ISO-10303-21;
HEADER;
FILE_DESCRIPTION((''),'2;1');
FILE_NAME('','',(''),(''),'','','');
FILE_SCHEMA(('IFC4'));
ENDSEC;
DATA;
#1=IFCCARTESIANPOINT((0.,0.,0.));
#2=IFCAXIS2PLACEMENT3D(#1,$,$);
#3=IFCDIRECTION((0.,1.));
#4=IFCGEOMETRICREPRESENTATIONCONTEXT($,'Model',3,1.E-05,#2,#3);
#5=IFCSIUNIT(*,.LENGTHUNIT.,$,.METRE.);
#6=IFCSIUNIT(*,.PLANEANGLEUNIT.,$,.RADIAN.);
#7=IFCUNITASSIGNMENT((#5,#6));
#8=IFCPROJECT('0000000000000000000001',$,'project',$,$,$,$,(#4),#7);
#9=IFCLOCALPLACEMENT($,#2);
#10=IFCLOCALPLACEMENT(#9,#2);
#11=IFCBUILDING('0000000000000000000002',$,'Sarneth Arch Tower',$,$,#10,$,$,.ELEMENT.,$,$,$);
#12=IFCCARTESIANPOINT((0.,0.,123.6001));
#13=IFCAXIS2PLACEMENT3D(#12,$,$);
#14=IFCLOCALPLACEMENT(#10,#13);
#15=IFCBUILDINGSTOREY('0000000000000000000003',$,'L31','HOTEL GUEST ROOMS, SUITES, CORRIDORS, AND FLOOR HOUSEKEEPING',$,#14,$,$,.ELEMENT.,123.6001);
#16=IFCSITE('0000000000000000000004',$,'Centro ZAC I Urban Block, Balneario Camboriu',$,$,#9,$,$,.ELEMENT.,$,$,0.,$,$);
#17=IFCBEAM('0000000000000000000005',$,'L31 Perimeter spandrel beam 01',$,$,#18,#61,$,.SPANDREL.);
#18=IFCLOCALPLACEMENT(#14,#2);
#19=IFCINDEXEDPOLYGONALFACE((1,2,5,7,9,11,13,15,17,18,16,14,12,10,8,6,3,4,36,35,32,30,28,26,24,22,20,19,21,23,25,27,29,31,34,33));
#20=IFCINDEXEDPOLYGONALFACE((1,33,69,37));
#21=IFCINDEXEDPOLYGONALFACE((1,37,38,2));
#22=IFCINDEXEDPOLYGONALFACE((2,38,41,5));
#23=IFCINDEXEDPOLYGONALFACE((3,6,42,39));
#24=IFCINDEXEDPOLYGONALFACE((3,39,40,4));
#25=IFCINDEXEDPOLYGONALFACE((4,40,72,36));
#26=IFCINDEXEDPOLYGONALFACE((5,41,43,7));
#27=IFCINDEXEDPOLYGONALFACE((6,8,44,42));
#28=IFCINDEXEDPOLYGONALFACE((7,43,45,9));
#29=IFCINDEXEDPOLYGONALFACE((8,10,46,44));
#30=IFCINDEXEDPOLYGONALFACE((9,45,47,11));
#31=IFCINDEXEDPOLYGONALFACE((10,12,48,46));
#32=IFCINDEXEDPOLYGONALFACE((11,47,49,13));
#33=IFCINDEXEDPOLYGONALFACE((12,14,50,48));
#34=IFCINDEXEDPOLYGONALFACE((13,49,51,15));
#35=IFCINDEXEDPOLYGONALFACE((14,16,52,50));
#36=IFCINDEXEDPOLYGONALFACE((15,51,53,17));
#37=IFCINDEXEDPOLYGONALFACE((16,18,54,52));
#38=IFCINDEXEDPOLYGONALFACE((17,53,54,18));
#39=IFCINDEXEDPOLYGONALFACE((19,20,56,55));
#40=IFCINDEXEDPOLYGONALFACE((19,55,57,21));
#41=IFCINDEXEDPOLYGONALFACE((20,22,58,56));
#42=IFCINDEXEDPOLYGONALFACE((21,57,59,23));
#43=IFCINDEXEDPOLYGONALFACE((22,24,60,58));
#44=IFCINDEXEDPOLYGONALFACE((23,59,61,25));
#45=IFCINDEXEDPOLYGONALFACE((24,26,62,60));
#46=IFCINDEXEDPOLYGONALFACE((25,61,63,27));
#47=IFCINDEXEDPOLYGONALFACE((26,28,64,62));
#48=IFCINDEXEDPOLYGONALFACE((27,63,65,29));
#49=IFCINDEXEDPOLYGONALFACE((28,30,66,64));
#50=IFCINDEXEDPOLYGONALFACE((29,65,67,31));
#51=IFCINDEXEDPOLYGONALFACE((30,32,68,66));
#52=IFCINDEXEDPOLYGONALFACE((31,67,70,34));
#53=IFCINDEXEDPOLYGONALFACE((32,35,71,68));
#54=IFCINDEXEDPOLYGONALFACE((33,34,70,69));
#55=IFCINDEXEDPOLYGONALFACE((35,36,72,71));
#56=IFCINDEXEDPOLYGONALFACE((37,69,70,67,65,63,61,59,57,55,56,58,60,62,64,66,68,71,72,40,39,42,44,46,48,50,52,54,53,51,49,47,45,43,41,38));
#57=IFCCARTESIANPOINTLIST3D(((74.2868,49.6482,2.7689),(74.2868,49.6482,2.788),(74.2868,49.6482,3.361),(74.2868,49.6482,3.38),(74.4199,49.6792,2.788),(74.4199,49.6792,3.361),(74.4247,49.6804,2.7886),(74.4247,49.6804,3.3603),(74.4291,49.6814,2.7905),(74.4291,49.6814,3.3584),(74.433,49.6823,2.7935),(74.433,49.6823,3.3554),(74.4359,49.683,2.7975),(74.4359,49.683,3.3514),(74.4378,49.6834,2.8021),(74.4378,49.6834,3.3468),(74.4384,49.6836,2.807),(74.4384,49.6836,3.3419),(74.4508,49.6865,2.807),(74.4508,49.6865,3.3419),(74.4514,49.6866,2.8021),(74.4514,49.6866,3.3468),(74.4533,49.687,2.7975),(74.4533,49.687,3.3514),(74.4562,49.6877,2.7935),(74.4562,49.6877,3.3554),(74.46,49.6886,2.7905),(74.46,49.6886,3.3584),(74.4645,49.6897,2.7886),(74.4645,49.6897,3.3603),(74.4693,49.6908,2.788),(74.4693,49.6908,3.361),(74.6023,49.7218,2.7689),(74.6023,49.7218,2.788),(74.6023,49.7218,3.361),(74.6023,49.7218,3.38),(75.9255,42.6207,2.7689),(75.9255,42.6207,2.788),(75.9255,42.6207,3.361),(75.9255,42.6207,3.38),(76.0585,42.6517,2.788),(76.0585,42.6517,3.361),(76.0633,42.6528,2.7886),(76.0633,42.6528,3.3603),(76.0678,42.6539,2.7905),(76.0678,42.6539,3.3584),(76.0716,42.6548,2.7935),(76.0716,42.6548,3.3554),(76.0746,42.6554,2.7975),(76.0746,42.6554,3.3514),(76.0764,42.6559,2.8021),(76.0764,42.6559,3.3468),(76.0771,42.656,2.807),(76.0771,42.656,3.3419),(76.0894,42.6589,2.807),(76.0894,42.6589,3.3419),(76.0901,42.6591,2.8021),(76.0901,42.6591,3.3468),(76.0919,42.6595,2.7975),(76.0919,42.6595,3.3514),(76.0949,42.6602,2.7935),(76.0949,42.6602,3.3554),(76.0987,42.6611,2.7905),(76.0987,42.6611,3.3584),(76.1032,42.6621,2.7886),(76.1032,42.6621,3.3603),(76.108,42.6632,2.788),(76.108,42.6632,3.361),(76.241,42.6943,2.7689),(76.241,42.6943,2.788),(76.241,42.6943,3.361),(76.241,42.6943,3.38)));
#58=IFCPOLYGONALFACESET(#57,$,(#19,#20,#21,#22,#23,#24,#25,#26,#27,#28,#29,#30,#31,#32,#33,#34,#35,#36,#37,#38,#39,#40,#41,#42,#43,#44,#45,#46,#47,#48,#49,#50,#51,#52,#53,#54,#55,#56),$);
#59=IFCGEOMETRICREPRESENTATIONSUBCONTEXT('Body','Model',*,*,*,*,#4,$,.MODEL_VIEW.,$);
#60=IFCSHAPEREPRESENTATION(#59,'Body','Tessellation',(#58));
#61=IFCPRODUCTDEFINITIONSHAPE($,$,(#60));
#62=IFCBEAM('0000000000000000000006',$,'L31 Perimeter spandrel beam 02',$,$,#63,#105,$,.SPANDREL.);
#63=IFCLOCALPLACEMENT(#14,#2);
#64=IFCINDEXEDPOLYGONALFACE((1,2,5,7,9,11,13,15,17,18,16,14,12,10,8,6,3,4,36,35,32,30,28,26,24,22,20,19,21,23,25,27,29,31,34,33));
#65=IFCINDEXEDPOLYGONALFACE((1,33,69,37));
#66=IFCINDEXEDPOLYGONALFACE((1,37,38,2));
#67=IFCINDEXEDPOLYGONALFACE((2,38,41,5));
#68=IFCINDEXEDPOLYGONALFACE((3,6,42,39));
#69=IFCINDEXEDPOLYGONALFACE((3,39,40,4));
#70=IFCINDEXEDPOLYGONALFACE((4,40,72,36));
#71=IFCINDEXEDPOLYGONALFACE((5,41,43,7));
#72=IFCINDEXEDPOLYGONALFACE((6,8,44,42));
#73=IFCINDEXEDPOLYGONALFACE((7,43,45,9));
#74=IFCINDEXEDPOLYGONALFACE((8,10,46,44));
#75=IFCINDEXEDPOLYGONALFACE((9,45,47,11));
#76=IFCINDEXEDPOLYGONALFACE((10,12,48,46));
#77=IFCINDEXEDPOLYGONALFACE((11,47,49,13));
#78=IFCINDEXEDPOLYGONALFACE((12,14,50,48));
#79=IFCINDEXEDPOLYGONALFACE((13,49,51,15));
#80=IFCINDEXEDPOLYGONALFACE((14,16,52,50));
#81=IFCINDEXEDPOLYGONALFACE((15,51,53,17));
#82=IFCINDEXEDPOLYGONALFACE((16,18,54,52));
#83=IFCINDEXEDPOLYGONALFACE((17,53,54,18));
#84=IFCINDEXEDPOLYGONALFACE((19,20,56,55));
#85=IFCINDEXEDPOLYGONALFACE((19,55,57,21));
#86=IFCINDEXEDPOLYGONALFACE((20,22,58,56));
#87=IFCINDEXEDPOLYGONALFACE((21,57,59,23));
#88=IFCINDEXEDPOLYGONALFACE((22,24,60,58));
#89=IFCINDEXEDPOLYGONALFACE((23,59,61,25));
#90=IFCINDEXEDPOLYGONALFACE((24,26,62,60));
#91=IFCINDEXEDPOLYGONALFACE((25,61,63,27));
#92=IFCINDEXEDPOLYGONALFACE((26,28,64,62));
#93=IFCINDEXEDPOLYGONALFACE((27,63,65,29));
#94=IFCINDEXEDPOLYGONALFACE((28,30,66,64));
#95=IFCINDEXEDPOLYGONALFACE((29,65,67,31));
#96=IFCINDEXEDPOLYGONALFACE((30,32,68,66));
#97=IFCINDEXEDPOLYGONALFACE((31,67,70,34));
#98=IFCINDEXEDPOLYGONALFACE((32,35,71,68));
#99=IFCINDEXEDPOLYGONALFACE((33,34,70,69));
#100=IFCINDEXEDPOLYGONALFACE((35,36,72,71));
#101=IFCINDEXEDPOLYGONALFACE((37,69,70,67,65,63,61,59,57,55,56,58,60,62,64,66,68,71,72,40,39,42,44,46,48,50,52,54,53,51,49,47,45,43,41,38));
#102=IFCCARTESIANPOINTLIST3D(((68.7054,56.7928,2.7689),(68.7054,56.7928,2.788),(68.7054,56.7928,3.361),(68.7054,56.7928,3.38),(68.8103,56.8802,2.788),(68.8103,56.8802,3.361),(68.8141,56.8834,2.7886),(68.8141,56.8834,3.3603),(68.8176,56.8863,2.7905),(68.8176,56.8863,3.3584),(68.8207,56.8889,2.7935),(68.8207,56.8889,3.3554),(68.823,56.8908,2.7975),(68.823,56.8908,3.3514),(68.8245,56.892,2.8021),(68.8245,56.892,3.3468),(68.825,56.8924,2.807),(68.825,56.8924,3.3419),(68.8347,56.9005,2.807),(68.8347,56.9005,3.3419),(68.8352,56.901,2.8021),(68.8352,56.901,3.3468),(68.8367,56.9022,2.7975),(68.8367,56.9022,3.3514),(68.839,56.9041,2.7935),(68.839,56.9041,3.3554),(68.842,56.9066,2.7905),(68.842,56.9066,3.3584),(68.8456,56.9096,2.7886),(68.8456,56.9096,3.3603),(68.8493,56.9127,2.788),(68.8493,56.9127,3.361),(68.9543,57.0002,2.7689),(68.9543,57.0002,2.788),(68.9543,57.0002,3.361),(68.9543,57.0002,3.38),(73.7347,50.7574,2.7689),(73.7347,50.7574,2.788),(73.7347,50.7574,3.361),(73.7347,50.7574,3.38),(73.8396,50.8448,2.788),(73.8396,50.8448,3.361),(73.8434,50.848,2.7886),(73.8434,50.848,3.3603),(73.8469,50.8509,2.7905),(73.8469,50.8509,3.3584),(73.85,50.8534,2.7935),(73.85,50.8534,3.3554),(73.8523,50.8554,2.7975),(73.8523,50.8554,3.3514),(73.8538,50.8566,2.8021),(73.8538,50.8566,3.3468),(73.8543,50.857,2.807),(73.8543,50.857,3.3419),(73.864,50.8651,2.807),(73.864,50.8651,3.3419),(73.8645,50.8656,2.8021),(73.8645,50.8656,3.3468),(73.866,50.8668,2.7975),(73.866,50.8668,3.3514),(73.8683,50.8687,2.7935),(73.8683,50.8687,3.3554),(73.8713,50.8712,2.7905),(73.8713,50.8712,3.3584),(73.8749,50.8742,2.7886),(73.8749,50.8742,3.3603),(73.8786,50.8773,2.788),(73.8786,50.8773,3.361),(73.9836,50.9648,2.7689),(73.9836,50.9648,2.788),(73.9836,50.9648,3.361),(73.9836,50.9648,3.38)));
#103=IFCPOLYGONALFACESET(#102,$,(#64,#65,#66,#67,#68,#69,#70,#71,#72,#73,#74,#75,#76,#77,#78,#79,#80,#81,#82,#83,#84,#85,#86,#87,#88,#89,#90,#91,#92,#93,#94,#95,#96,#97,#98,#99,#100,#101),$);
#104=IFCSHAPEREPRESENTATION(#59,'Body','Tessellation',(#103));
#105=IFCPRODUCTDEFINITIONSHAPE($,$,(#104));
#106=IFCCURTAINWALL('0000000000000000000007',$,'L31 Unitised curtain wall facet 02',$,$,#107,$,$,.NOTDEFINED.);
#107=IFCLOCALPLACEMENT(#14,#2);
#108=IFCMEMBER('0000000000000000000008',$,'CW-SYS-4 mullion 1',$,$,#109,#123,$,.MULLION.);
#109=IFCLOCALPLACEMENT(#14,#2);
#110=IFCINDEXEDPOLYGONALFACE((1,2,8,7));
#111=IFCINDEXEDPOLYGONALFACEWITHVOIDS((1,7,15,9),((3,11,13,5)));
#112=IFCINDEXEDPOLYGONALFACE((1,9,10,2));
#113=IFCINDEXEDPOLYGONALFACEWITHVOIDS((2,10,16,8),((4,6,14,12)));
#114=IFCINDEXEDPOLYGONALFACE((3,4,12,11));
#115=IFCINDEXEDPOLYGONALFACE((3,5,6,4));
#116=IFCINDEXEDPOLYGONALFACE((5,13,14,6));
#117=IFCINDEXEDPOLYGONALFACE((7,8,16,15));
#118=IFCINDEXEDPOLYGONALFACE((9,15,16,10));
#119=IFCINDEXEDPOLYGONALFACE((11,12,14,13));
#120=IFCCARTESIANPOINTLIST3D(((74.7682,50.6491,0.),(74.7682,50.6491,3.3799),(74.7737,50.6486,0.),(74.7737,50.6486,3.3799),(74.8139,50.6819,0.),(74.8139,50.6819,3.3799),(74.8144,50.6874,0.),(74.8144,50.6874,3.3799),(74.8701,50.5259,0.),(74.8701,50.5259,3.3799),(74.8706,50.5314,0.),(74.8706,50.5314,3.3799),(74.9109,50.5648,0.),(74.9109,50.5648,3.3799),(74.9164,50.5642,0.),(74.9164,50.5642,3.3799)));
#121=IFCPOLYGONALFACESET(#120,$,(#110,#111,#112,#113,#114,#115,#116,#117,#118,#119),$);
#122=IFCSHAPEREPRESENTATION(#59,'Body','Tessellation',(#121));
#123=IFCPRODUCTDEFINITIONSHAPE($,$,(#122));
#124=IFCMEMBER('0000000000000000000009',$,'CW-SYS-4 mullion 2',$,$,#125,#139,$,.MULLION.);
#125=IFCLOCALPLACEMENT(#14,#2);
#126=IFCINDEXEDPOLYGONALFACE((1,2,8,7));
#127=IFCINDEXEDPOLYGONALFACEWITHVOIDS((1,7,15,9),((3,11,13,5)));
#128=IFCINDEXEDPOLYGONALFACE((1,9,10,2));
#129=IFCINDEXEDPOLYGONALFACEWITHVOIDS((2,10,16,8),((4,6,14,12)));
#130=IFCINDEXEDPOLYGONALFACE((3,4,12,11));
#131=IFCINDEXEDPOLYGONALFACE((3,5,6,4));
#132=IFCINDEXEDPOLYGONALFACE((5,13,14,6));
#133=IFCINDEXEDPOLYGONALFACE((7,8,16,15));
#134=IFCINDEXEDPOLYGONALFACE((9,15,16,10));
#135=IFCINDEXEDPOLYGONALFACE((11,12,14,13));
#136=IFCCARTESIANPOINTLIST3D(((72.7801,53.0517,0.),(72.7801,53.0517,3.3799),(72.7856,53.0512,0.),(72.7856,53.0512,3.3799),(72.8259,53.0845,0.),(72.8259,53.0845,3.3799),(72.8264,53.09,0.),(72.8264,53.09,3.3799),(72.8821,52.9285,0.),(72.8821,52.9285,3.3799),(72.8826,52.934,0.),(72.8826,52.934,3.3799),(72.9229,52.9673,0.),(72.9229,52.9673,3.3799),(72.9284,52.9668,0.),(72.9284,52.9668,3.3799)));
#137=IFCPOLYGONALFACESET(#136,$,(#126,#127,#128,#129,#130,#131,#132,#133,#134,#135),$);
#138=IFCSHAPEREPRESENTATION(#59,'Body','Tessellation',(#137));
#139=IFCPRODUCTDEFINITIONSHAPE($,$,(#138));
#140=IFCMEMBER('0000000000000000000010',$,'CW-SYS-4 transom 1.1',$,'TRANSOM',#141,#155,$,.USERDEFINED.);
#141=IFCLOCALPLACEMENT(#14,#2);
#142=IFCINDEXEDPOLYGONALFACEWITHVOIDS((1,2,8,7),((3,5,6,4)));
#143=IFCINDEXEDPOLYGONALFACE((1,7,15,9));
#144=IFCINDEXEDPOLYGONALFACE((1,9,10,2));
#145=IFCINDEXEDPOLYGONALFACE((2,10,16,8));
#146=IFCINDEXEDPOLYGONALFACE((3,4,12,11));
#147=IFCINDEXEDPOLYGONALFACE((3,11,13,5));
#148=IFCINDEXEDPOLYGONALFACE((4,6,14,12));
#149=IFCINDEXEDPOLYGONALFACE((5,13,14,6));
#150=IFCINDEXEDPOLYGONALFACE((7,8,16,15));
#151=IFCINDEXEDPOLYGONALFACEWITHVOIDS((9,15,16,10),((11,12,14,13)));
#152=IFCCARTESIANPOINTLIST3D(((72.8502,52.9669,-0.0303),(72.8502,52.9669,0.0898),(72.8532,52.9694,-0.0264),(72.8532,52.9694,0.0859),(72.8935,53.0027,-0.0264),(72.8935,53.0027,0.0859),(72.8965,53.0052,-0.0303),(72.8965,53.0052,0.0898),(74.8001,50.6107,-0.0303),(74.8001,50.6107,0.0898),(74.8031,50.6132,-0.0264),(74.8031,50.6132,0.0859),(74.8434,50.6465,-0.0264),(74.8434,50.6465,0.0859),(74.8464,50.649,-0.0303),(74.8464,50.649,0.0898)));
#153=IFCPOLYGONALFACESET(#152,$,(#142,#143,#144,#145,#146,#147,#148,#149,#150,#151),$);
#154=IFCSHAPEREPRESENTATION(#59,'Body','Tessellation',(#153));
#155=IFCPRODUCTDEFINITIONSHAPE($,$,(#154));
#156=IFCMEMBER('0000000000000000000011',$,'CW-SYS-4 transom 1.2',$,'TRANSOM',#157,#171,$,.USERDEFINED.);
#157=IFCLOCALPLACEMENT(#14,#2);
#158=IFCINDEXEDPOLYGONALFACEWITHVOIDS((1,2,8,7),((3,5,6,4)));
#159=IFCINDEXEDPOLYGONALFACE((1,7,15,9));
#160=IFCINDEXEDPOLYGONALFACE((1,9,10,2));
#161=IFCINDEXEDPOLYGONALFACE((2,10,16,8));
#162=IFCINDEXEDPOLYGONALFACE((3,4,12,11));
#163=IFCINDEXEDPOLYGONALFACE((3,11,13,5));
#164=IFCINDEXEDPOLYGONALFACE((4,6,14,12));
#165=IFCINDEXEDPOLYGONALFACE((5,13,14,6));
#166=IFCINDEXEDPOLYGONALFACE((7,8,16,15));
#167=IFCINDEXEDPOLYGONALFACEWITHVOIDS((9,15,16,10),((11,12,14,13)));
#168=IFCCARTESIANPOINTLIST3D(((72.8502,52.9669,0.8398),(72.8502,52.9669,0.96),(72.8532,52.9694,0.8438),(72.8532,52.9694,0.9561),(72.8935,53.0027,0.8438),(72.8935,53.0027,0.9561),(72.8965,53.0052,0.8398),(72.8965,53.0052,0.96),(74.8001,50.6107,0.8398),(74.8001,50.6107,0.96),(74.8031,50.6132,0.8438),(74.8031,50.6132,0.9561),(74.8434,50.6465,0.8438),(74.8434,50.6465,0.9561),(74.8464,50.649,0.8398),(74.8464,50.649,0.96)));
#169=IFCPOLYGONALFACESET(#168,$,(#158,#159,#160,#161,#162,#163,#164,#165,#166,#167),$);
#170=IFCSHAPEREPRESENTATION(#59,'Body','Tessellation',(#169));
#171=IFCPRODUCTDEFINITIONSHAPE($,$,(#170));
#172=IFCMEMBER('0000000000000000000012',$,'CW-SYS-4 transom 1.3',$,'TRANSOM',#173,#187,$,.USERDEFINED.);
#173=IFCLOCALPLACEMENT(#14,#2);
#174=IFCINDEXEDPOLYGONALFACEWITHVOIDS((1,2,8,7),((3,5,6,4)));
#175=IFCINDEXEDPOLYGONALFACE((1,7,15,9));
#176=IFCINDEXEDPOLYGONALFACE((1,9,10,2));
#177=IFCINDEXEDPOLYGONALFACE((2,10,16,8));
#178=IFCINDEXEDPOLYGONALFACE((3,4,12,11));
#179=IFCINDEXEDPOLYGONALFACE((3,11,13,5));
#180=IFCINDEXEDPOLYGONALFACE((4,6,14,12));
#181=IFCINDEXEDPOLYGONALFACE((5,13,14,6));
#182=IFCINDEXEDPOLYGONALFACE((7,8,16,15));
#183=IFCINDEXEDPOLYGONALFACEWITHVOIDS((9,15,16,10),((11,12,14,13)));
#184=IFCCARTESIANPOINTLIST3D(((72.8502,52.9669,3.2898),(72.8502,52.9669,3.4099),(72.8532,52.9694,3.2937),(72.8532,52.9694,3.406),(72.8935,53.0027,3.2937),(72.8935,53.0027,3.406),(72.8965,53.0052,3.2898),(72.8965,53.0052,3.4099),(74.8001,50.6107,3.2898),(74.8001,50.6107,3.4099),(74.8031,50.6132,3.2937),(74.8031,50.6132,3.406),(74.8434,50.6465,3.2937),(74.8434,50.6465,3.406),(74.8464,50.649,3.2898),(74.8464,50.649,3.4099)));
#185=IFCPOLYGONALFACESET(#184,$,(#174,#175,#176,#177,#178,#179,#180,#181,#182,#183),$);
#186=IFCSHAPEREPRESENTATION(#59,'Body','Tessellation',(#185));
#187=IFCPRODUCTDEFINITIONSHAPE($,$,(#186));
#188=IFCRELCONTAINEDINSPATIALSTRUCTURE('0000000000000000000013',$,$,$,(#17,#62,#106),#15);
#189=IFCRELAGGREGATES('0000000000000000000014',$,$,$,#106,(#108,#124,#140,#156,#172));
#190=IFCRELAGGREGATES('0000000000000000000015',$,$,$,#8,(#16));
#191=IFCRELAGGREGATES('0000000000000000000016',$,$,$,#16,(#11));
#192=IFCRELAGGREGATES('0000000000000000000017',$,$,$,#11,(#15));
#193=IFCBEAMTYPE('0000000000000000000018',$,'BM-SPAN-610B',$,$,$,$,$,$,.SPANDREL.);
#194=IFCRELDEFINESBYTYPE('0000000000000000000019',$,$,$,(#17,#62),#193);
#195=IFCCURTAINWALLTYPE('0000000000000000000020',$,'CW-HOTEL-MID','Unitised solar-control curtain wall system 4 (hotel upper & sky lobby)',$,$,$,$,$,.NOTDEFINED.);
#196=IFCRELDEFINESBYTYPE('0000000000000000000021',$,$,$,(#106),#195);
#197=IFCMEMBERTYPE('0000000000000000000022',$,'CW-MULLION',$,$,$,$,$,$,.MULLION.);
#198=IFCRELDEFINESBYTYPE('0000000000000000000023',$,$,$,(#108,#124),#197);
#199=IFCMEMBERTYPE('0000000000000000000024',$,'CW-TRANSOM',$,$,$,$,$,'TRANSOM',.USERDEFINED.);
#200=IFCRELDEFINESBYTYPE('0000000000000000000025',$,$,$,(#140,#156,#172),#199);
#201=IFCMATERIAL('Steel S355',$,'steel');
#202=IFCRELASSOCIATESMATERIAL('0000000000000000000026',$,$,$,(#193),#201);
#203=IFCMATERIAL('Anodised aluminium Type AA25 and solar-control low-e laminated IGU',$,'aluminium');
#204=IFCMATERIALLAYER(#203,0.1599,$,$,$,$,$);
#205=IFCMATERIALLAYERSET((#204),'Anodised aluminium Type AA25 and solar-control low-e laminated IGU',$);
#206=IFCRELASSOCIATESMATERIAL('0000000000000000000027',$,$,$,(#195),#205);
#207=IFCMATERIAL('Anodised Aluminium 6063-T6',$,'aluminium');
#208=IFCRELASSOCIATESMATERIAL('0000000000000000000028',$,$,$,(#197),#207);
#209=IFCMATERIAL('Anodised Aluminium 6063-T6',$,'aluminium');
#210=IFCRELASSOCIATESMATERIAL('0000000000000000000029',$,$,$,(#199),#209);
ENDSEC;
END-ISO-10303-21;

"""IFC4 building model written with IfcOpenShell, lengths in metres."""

from ifc_helpers import new_model, si_unit, direction, frame, origin, origin_2d, place, context, subcontext, project, spatial, hollow_rectangle, i_section, extrude, material, layer, layer_set, material_profile, profile_set, type_object, element, aggregate, save


model = new_model("IFC4")

# Units and contexts
model_context = context("Model", 3, precision=1e-05, world=origin(), true_north=direction((0.0, 1.0)))
body_context = subcontext(model_context, "Body", "Model", "MODEL_VIEW")
ifc_project = project(units=[si_unit("LENGTHUNIT", "METRE"), si_unit("PLANEANGLEUNIT", "RADIAN")], contexts=[model_context])

# Site, building, storey
site_placement = place(None, origin())
site = spatial("IfcSite", under=ifc_project, at=site_placement, Name="Centro ZAC I Urban Block, Balneario Camboriu", CompositionType="ELEMENT", RefElevation=0.0)
building_placement = place(site_placement, origin())
building = spatial("IfcBuilding", under=site, at=building_placement, Name="Sarneth Arch Tower", CompositionType="ELEMENT")
storey_placement = place(building_placement, frame((0.0, 0.0, 123.6001)))
storey = spatial("IfcBuildingStorey", under=building, at=storey_placement, Name="L31", Description="HOTEL GUEST ROOMS, SUITES, CORRIDORS, AND FLOOR HOUSEKEEPING", CompositionType="ELEMENT", Elevation=123.6001)

# Beams
ifc_material_1 = material(Name="Steel S355", Category="steel")
ifc_material_profile_1 = material_profile(ifc_material_1, i_section(OverallWidth=0.324, OverallDepth=0.6111, WebThickness=0.0127, FlangeThickness=0.019, FilletRadius=0.019, at=origin_2d()), Name="W610x155")
ifc_profile_set_1 = profile_set([ifc_material_profile_1], Name="Steel S355")
beam_type = type_object("IfcBeamType", Name="BM-SPAN-610B", PredefinedType="SPANDREL", material=ifc_profile_set_1)
beam_1_placement = place(storey_placement, frame((76.0833, 42.6575, 3.0745), z_axis=(-0.227085, 0.973875, 0.0), x_axis=(-0.973875, -0.227085, 0.0)))
element("IfcBeam", 1, at=beam_1_placement, inside=storey, type_object=beam_type, Name="L31 Perimeter spandrel beam 01", PredefinedType="SPANDREL", context=body_context, shape_type="SweptSolid", body=[
    extrude(i_section(OverallWidth=0.324, OverallDepth=0.6111, WebThickness=0.0127, FlangeThickness=0.019, FilletRadius=0.019, at=origin_2d()), origin(), (0.0, 0.0, 1.0), 7.2161),
])
beam_2_placement = place(storey_placement, frame((73.8591, 50.8611, 3.0745), z_axis=(-0.640169, 0.768234, 0.0), x_axis=(-0.768234, -0.640169, 0.0)))
element("IfcBeam", 2, at=beam_2_placement, inside=storey, type_object=beam_type, Name="L31 Perimeter spandrel beam 02", PredefinedType="SPANDREL", context=body_context, shape_type="SweptSolid", body=[
    extrude(i_section(OverallWidth=0.324, OverallDepth=0.6111, WebThickness=0.0127, FlangeThickness=0.019, FilletRadius=0.019, at=origin_2d()), origin(), (0.0, 0.0, 1.0), 7.8562),
])

# Curtain wall, members
ifc_material_2 = material(Name="Anodised aluminium Type AA25 and solar-control low-e laminated IGU", Category="aluminium")
ifc_layer_1 = layer(ifc_material_2, 0.1599)
ifc_layer_set_1 = layer_set([ifc_layer_1], Name="Anodised aluminium Type AA25 and solar-control low-e laminated IGU")
curtain_wall_type = type_object("IfcCurtainWallType", Name="CW-HOTEL-MID", Description="Unitised solar-control curtain wall system 4 (hotel upper & sky lobby)", PredefinedType="NOTDEFINED", material=ifc_layer_set_1)
curtain_wall_placement = place(storey_placement, origin())
curtain_wall = element("IfcCurtainWall", 3, at=curtain_wall_placement, inside=storey, type_object=curtain_wall_type, Name="L31 Unitised curtain wall facet 02", PredefinedType="NOTDEFINED")
ifc_material_3 = material(Name="Anodised Aluminium 6063-T6", Category="aluminium")
ifc_material_profile_2 = material_profile(ifc_material_3, hollow_rectangle(XDim=0.0601, YDim=0.1599, WallThickness=0.0039, at=origin_2d()), Name="AL-MULL-160x60x4")
ifc_profile_set_2 = profile_set([ifc_material_profile_2], Name="Anodised Aluminium 6063-T6")
member_type_1 = type_object("IfcMemberType", Name="CW-MULLION", PredefinedType="MULLION", material=ifc_profile_set_2)
member_1_placement = place(storey_placement, frame((74.8423, 50.6067, 0.0), z_axis=(0.0, 0.0, 1.0), x_axis=(-0.770438, -0.637515, 0.0)))
member_1 = element("IfcMember", 4, at=member_1_placement, type_object=member_type_1, Name="CW-SYS-4 mullion 1", PredefinedType="MULLION", context=body_context, shape_type="SweptSolid", body=[
    extrude(hollow_rectangle(XDim=0.0601, YDim=0.1599, WallThickness=0.0039, at=origin_2d()), origin(), (0.0, 0.0, 1.0), 3.3799),
])
member_2_placement = place(storey_placement, frame((72.8542, 53.0093, 0.0), z_axis=(0.0, 0.0, 1.0), x_axis=(-0.770438, -0.637515, 0.0)))
member_2 = element("IfcMember", 5, at=member_2_placement, type_object=member_type_1, Name="CW-SYS-4 mullion 2", PredefinedType="MULLION", context=body_context, shape_type="SweptSolid", body=[
    extrude(hollow_rectangle(XDim=0.0601, YDim=0.1599, WallThickness=0.0039, at=origin_2d()), origin(), (0.0, 0.0, 1.0), 3.3799),
])
ifc_material_4 = material(Name="Anodised Aluminium 6063-T6", Category="aluminium")
ifc_material_profile_3 = material_profile(ifc_material_4, hollow_rectangle(XDim=0.0601, YDim=0.1201, WallThickness=0.0039, at=origin_2d()), Name="AL-TRAN-120x60x4")
ifc_profile_set_3 = profile_set([ifc_material_profile_3], Name="Anodised Aluminium 6063-T6")
member_type_2 = type_object("IfcMemberType", Name="CW-TRANSOM", ElementType="TRANSOM", PredefinedType="USERDEFINED", material=ifc_profile_set_3)
member_3_placement = place(storey_placement, frame((74.8232, 50.6299, 0.0298), z_axis=(-0.637566, 0.770396, 0.0), x_axis=(-0.770396, -0.637566, 0.0)))
member_3 = element("IfcMember", 6, at=member_3_placement, type_object=member_type_2, Name="CW-SYS-4 transom 1.1", ObjectType="TRANSOM", PredefinedType="USERDEFINED", context=body_context, shape_type="SweptSolid", body=[
    extrude(hollow_rectangle(XDim=0.0601, YDim=0.1201, WallThickness=0.0039, at=origin_2d()), origin(), (0.0, 0.0, 1.0), 3.0583),
])
member_4_placement = place(storey_placement, frame((74.8232, 50.6299, 0.8999), z_axis=(-0.637566, 0.770396, 0.0), x_axis=(-0.770396, -0.637566, 0.0)))
member_4 = element("IfcMember", 7, at=member_4_placement, type_object=member_type_2, Name="CW-SYS-4 transom 1.2", ObjectType="TRANSOM", PredefinedType="USERDEFINED", context=body_context, shape_type="SweptSolid", body=[
    extrude(hollow_rectangle(XDim=0.0601, YDim=0.1201, WallThickness=0.0039, at=origin_2d()), origin(), (0.0, 0.0, 1.0), 3.0583),
])
member_5_placement = place(storey_placement, frame((74.8232, 50.6299, 3.3499), z_axis=(-0.637566, 0.770396, 0.0), x_axis=(-0.770396, -0.637566, 0.0)))
member_5 = element("IfcMember", 8, at=member_5_placement, type_object=member_type_2, Name="CW-SYS-4 transom 1.3", ObjectType="TRANSOM", PredefinedType="USERDEFINED", context=body_context, shape_type="SweptSolid", body=[
    extrude(hollow_rectangle(XDim=0.0601, YDim=0.1201, WallThickness=0.0039, at=origin_2d()), origin(), (0.0, 0.0, 1.0), 3.0583),
])

aggregate(curtain_wall, [member_1, member_2, member_3, member_4, member_5])

save(model, "model.ifc")
